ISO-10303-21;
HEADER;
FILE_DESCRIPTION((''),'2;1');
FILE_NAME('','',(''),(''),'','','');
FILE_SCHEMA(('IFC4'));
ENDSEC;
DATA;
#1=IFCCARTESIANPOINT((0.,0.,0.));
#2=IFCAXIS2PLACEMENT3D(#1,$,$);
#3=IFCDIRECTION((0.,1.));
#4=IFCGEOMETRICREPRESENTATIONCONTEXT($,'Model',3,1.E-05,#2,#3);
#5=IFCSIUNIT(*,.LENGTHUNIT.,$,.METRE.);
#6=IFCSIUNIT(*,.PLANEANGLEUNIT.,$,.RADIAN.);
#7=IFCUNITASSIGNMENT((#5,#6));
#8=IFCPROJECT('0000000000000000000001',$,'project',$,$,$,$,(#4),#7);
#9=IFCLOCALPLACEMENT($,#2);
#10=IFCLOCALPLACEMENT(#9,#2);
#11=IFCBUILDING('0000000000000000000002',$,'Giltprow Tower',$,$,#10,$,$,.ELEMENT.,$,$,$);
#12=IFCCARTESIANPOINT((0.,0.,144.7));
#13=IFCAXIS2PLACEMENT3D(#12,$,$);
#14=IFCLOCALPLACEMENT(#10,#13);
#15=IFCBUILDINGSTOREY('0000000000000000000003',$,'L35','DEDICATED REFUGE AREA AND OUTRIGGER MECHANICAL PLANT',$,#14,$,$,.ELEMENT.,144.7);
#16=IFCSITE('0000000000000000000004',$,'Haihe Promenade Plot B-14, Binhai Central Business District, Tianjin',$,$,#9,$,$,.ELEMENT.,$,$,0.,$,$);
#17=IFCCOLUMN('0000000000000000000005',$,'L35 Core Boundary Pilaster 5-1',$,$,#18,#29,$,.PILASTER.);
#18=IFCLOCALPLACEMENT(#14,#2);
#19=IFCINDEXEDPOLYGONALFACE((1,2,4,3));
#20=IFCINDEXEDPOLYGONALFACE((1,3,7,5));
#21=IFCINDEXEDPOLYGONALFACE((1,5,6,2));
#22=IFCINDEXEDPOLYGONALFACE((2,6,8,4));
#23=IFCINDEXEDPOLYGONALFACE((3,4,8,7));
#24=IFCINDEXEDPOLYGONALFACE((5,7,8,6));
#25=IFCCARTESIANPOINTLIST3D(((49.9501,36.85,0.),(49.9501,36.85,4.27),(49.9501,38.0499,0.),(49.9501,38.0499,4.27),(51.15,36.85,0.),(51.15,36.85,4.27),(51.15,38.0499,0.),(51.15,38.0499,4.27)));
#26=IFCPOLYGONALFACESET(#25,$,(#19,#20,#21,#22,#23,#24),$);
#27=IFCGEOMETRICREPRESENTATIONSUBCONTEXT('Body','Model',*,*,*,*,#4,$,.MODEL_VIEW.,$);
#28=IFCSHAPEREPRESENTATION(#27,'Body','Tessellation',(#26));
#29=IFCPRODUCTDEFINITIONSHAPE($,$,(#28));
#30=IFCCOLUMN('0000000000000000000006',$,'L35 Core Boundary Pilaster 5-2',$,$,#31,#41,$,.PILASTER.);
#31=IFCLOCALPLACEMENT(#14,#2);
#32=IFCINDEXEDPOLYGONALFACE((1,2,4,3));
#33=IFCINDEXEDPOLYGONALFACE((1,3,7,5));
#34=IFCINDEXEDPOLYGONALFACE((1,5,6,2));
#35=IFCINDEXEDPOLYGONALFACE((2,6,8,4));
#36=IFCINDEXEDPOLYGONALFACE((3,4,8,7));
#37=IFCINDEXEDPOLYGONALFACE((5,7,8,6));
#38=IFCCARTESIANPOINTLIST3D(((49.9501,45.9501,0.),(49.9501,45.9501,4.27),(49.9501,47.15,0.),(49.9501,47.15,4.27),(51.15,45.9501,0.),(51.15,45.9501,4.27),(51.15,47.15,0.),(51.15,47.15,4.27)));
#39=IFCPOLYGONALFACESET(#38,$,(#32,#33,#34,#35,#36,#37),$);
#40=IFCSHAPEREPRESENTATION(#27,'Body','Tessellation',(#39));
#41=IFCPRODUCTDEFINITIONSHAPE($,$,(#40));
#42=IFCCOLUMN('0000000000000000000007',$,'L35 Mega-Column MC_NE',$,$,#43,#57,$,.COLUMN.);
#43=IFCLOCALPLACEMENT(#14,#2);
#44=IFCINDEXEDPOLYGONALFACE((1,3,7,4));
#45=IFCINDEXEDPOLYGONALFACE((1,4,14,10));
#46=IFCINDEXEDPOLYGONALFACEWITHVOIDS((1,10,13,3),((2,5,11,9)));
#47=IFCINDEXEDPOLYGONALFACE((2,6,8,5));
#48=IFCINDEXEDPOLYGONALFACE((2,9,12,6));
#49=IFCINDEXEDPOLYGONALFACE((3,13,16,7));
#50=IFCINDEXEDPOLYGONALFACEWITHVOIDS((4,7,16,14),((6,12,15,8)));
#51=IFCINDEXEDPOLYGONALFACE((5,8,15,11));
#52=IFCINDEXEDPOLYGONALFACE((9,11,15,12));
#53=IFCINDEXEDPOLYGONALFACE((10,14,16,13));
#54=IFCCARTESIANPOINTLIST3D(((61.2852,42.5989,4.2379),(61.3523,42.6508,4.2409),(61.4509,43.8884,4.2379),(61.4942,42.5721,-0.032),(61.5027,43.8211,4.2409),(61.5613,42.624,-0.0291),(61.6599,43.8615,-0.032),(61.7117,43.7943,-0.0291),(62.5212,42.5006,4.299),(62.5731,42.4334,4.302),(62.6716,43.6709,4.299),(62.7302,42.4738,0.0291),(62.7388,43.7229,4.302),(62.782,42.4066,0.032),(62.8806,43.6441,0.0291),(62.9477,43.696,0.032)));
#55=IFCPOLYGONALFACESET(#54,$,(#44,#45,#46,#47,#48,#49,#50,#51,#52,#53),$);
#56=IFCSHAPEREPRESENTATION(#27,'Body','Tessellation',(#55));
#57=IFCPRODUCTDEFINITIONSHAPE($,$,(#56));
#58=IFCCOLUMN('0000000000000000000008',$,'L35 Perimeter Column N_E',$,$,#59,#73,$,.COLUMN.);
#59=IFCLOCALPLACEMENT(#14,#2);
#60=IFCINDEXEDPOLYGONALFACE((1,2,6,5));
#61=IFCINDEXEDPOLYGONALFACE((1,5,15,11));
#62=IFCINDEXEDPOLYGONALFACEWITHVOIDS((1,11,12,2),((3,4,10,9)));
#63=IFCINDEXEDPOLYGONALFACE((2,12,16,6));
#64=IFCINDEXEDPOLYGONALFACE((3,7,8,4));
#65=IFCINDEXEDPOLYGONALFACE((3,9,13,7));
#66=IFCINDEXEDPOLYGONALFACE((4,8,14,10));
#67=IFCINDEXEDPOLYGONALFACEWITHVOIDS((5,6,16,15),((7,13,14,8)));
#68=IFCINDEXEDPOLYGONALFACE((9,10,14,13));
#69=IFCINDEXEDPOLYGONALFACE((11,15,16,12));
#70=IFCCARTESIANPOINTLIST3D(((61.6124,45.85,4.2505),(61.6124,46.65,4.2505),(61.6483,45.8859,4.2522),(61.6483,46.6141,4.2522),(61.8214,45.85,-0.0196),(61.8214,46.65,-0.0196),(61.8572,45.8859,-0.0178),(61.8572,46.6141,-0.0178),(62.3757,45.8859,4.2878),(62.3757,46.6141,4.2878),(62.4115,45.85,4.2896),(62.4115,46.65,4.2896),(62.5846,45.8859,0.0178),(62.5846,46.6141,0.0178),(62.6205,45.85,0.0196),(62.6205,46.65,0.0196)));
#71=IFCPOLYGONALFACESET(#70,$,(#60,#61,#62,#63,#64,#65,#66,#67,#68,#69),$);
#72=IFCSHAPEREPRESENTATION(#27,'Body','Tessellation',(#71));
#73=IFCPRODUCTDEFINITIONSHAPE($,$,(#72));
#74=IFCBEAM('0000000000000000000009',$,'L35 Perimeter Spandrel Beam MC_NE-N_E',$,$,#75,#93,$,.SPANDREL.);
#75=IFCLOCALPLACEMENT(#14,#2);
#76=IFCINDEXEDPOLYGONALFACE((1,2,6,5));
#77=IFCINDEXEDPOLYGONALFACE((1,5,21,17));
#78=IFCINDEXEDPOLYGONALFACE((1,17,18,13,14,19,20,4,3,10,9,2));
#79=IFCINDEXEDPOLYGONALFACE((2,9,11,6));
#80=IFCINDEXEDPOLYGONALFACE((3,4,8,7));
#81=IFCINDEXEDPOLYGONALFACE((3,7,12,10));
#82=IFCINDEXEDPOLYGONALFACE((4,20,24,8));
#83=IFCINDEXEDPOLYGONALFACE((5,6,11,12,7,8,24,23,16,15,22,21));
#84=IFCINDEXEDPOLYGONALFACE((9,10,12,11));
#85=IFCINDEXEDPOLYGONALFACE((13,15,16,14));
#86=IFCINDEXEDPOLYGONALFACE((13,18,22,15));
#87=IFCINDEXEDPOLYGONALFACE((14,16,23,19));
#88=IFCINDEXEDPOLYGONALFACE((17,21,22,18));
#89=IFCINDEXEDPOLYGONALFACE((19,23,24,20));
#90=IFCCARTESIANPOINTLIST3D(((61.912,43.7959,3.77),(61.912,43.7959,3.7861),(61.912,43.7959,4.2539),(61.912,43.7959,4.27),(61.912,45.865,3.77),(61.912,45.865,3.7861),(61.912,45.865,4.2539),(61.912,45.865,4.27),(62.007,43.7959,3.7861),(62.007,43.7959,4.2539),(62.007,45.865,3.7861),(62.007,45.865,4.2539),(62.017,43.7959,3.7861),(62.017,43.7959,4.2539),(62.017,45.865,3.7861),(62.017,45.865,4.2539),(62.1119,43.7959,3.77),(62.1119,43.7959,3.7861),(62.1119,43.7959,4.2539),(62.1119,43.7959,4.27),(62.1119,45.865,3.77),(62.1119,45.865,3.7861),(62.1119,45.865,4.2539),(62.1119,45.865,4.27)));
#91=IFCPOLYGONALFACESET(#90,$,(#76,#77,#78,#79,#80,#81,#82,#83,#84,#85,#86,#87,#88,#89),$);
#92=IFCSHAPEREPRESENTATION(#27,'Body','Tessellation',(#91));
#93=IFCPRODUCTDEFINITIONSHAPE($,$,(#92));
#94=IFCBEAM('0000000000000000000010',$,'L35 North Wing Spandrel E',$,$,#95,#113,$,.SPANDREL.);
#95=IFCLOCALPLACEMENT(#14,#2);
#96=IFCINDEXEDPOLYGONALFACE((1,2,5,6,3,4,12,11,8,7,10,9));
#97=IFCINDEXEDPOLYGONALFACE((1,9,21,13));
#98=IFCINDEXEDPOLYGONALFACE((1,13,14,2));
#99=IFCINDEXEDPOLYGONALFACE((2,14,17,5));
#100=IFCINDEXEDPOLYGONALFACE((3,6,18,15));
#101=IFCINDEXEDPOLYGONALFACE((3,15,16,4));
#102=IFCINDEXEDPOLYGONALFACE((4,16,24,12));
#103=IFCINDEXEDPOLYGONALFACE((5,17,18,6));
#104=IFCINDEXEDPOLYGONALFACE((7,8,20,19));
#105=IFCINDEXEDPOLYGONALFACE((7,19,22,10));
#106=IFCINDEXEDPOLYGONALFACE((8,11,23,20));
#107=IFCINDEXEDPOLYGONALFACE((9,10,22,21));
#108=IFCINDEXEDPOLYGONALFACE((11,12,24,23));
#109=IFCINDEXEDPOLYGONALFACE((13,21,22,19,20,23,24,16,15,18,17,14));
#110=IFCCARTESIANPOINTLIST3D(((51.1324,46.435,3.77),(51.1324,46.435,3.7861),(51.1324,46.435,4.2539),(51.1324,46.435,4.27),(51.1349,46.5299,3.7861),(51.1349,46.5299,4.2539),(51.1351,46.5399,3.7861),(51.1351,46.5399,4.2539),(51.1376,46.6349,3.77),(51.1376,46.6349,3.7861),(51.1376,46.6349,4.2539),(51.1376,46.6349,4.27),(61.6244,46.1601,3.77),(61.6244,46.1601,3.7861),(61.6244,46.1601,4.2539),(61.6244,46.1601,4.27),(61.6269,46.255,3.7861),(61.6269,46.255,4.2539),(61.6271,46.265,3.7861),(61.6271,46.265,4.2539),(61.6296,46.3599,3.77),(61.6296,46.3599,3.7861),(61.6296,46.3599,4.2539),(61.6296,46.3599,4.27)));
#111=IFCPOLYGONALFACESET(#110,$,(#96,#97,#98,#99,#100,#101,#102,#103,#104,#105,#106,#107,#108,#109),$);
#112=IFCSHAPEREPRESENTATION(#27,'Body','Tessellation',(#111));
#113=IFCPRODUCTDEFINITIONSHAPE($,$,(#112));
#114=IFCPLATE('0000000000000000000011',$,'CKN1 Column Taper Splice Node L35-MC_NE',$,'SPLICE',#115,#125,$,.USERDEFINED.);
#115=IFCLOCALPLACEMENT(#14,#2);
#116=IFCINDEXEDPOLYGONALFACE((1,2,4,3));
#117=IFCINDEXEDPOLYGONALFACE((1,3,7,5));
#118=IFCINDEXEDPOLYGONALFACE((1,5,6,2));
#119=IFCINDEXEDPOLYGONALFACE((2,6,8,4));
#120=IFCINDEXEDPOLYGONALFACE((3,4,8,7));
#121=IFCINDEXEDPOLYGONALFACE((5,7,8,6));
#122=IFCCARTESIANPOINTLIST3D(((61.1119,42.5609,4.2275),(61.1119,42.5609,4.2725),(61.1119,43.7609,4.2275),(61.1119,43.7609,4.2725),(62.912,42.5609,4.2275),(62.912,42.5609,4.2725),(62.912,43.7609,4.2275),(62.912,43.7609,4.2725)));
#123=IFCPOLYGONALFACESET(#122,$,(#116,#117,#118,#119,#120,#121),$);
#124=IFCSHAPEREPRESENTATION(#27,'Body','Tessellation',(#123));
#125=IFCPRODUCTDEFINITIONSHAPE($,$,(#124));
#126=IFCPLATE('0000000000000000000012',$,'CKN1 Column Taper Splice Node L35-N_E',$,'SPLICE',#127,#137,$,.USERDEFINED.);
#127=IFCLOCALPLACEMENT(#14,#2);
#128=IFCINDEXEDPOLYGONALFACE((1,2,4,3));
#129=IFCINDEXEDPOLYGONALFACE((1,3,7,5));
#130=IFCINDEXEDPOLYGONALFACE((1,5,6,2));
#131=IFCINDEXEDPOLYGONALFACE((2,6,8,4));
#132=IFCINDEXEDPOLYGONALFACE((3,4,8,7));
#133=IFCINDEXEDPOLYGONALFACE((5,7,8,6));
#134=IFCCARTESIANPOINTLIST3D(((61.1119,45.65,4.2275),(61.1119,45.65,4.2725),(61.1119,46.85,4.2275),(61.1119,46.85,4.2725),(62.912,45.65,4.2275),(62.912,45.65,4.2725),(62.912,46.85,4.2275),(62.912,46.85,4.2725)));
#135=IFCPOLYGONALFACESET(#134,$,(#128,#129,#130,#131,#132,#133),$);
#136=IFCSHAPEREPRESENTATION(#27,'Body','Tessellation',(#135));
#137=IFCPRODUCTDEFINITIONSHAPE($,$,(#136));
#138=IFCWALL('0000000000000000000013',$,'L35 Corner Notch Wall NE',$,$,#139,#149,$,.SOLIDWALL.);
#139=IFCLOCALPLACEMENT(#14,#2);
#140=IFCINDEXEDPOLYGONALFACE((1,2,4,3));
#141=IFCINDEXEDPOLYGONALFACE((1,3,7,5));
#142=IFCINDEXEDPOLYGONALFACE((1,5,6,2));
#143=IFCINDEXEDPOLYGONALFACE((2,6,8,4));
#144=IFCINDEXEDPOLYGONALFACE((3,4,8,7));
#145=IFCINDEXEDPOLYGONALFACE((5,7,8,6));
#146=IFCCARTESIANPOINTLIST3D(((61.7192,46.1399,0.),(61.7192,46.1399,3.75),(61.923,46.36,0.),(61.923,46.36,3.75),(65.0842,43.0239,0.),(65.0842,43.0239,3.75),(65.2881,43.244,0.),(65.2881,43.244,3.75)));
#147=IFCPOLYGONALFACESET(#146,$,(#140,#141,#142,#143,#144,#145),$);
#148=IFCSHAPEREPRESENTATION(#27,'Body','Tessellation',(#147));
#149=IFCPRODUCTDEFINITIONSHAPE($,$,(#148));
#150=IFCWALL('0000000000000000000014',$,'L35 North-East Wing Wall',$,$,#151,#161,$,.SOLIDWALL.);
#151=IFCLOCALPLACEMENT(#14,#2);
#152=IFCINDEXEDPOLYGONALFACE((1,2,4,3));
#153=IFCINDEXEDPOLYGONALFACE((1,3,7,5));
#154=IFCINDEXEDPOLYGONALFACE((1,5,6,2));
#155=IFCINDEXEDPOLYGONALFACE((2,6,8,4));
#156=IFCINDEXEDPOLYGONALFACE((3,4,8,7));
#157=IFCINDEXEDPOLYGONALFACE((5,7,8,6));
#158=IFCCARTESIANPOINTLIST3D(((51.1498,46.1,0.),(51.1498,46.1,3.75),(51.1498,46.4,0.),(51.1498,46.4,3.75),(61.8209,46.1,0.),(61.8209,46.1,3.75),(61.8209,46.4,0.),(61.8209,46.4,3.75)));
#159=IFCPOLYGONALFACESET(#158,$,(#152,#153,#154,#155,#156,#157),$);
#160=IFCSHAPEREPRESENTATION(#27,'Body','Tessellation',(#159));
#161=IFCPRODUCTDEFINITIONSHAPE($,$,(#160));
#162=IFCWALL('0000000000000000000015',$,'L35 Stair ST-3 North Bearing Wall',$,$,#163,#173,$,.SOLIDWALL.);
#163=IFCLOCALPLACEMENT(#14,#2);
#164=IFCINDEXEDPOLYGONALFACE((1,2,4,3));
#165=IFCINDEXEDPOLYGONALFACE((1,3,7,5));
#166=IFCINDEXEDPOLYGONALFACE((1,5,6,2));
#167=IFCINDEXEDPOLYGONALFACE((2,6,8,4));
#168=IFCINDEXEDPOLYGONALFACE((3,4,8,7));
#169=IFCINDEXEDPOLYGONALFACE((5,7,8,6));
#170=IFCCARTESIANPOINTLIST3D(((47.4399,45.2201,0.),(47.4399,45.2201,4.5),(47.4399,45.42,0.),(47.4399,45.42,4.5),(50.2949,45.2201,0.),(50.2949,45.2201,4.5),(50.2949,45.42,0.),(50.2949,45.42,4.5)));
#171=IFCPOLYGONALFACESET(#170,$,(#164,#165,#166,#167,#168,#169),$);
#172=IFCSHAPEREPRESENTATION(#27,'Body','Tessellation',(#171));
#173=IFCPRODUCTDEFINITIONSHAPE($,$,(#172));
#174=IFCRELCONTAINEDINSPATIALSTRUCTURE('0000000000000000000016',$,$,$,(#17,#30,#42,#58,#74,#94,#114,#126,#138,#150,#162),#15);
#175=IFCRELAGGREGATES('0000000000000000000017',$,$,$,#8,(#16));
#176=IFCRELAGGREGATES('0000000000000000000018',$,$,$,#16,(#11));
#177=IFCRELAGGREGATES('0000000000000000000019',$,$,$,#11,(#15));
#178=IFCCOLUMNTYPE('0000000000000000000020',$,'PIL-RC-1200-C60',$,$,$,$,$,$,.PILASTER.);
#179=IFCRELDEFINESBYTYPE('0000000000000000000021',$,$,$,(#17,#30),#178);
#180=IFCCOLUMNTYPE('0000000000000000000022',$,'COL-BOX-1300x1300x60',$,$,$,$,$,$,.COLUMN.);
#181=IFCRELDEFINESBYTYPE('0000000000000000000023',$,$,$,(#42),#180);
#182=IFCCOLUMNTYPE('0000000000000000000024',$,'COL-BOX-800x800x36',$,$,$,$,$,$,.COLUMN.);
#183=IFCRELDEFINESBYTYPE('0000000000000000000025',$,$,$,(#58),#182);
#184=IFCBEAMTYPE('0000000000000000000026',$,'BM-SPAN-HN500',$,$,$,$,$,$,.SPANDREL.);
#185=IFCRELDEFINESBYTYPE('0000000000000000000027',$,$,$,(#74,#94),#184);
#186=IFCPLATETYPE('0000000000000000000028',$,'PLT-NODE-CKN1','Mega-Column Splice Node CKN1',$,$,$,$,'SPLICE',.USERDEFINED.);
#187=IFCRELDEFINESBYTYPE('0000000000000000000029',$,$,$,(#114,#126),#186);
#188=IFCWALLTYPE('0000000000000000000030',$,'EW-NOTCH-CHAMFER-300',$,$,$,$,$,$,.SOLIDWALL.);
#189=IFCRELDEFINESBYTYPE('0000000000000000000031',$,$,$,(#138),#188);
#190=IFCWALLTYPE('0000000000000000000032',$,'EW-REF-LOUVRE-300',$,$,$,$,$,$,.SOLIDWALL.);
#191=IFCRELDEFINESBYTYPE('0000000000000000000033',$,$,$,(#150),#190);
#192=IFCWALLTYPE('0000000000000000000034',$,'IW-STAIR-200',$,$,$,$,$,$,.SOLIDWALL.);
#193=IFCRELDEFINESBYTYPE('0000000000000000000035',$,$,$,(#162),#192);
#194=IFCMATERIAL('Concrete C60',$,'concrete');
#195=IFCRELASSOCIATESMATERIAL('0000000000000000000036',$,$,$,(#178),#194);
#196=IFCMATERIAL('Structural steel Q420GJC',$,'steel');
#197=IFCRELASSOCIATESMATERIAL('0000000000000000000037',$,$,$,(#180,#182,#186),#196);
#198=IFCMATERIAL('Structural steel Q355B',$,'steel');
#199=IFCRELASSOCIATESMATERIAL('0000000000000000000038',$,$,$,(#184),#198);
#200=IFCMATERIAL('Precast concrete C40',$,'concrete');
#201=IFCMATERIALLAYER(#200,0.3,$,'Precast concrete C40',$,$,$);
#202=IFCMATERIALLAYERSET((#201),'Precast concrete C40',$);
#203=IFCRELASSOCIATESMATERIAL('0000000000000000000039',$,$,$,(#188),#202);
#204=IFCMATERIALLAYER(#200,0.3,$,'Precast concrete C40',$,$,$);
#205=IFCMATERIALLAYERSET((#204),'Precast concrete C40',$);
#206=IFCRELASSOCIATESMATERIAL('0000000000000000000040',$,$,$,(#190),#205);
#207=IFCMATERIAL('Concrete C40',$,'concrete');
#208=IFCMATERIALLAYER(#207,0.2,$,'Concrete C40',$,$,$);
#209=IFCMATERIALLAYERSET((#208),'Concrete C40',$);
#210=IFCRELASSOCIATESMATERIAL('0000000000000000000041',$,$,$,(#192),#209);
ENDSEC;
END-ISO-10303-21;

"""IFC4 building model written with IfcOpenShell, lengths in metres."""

from ifc_helpers import new_model, si_unit, direction, frame, frame_2d, origin, origin_2d, place, context, subcontext, project, spatial, rectangle, hollow_rectangle, i_section, extrude, source, transform, mapped, material, layer, layer_set, material_profile, profile_set, type_object, element, save


model = new_model("IFC4")

# Units and contexts
model_context = context("Model", 3, precision=1e-05, world=origin(), true_north=direction((0.0, 1.0)))
body_context = subcontext(model_context, "Body", "Model", "MODEL_VIEW")
ifc_project = project(units=[si_unit("LENGTHUNIT", "METRE"), si_unit("PLANEANGLEUNIT", "RADIAN")], contexts=[model_context])

# Site, building, storey
site_placement = place(None, origin())
site = spatial("IfcSite", under=ifc_project, at=site_placement, Name="Haihe Promenade Plot B-14, Binhai Central Business District, Tianjin", CompositionType="ELEMENT", RefElevation=0.0)
building_placement = place(site_placement, origin())
building = spatial("IfcBuilding", under=site, at=building_placement, Name="Giltprow Tower", CompositionType="ELEMENT")
storey_placement = place(building_placement, frame((0.0, 0.0, 144.7)))
storey = spatial("IfcBuildingStorey", under=building, at=storey_placement, Name="L35", Description="DEDICATED REFUGE AREA AND OUTRIGGER MECHANICAL PLANT", CompositionType="ELEMENT", Elevation=144.7)

# Columns
ifc_material_1 = material(Name="Concrete C60", Category="concrete")
ifc_material_profile_1 = material_profile(ifc_material_1, rectangle(XDim=1.2, YDim=1.2, at=origin_2d()), Name="RC 1200x1200")
ifc_profile_set_1 = profile_set([ifc_material_profile_1], Name="Concrete C60")
column_type_1 = type_object("IfcColumnType", Name="PIL-RC-1200-C60", PredefinedType="PILASTER", material=ifc_profile_set_1)
shared_shape_1 = source(origin(), body_context, "Body", "SweptSolid", [
    extrude(rectangle(XDim=1.2, YDim=1.2, at=origin_2d()), origin(), (0.0, 0.0, 1.0), 4.27),
])
for number, where, z_axis, x_axis, name in (
    (1, (50.55, 37.45, 0.0), (0.0, 0.0, 1.0), (1.0, 0.0, 0.0), "L35 Core Boundary Pilaster 5-1"),
    (2, (50.55, 46.55, 0.0), (0.0, 0.0, 1.0), (1.0, 0.0, 0.0), "L35 Core Boundary Pilaster 5-2"),
):
    element("IfcColumn", number, at=place(storey_placement, frame(where, z_axis=z_axis, x_axis=x_axis)), inside=storey, type_object=column_type_1, Name=name, PredefinedType="PILASTER", context=body_context, shape_type="MappedRepresentation", body=[
        mapped(shared_shape_1, transform((0.0, 0.0, 0.0), x_axis=(1.0, 0.0, 0.0), y_axis=(0.0, 1.0, 0.0), z_axis=(0.0, 0.0, 1.0), scale=1.0)),
    ])
ifc_material_2 = material(Name="Structural steel Q420GJC", Category="steel")
ifc_material_profile_2 = material_profile(ifc_material_2, hollow_rectangle(XDim=1.3, YDim=1.3, WallThickness=0.0601, at=origin_2d()), Name="BOX 1300x1300x60")
ifc_profile_set_2 = profile_set([ifc_material_profile_2], Name="Structural steel Q420GJC")
column_type_2 = type_object("IfcColumnType", Name="COL-BOX-1300x1300x60", PredefinedType="COLUMN", material=ifc_profile_set_2)
shared_shape_2 = source(origin(), body_context, "Body", "SweptSolid", [
    extrude(hollow_rectangle(XDim=1.3, YDim=1.3, WallThickness=0.0601, at=origin_2d()), origin(), (0.0, 0.0, 1.0), 4.2751),
])
column_1_placement = place(storey_placement, frame((62.2209, 43.134, 0.0), z_axis=(-0.048883, 0.006282, 0.998785), x_axis=(-0.127457, -0.991844, 0.0)))
element("IfcColumn", 3, at=column_1_placement, inside=storey, type_object=column_type_2, Name="L35 Mega-Column MC_NE", PredefinedType="COLUMN", context=body_context, shape_type="MappedRepresentation", body=[
    mapped(shared_shape_2, transform((0.0, 0.0, 0.0), x_axis=(1.0, 0.0, 0.0), y_axis=(0.0, 1.0, 0.0), z_axis=(0.0, 0.0, 1.0), scale=1.0)),
])
ifc_material_profile_3 = material_profile(ifc_material_2, hollow_rectangle(XDim=0.8, YDim=0.8, WallThickness=0.0359, at=origin_2d()), Name="BOX 800x800x36")
ifc_profile_set_3 = profile_set([ifc_material_profile_3], Name="Structural steel Q420GJC")
column_type_3 = type_object("IfcColumnType", Name="COL-BOX-800x800x36", PredefinedType="COLUMN", material=ifc_profile_set_3)
shared_shape_3 = source(origin(), body_context, "Body", "SweptSolid", [
    extrude(hollow_rectangle(XDim=0.8, YDim=0.8, WallThickness=0.0359, at=origin_2d()), origin(), (0.0, 0.0, 1.0), 4.2751),
])
column_2_placement = place(storey_placement, frame((62.2209, 46.25, 0.0), z_axis=(-0.048884, 0.0, 0.998804), x_axis=(0.0, -1.0, 0.0)))
element("IfcColumn", 4, at=column_2_placement, inside=storey, type_object=column_type_3, Name="L35 Perimeter Column N_E", PredefinedType="COLUMN", context=body_context, shape_type="MappedRepresentation", body=[
    mapped(shared_shape_3, transform((0.0, 0.0, 0.0), x_axis=(1.0, 0.0, 0.0), y_axis=(0.0, 1.0, 0.0), z_axis=(0.0, 0.0, 1.0), scale=1.0)),
])

# Beams
ifc_material_3 = material(Name="Structural steel Q355B", Category="steel")
ifc_material_profile_4 = material_profile(ifc_material_3, i_section(OverallWidth=0.2, OverallDepth=0.5, WebThickness=0.01, FlangeThickness=0.0161, at=origin_2d()), Name="HN 500x200x10x16")
ifc_profile_set_4 = profile_set([ifc_material_profile_4], Name="Structural steel Q355B")
beam_type = type_object("IfcBeamType", Name="BM-SPAN-HN500", PredefinedType="SPANDREL", material=ifc_profile_set_4)
shared_shape_4 = source(origin(), body_context, "Body", "SweptSolid", [
    extrude(i_section(OverallWidth=0.2, OverallDepth=0.5, WebThickness=0.01, FlangeThickness=0.0161, at=origin_2d()), origin(), (0.0, 0.0, 1.0), 2.0691),
])
beam_1_placement = place(storey_placement, frame((62.012, 43.7959, 4.02), z_axis=(0.0, 1.0, 0.0), x_axis=(-1.0, 0.0, 0.0)))
element("IfcBeam", 5, at=beam_1_placement, inside=storey, type_object=beam_type, Name="L35 Perimeter Spandrel Beam MC_NE-N_E", PredefinedType="SPANDREL", context=body_context, shape_type="MappedRepresentation", body=[
    mapped(shared_shape_4, transform((0.0, 0.0, 0.0), x_axis=(1.0, 0.0, 0.0), y_axis=(0.0, 1.0, 0.0), z_axis=(0.0, 0.0, 1.0), scale=1.0)),
])
shared_shape_5 = source(origin(), body_context, "Body", "SweptSolid", [
    extrude(i_section(OverallWidth=0.2, OverallDepth=0.5, WebThickness=0.01, FlangeThickness=0.0161, at=origin_2d()), origin(), (0.0, 0.0, 1.0), 10.4956),
])
beam_2_placement = place(storey_placement, frame((51.135, 46.5349, 4.02), z_axis=(0.999657, -0.026192, 0.0), x_axis=(0.026192, 0.999657, 0.0)))
element("IfcBeam", 6, at=beam_2_placement, inside=storey, type_object=beam_type, Name="L35 North Wing Spandrel E", PredefinedType="SPANDREL", context=body_context, shape_type="MappedRepresentation", body=[
    mapped(shared_shape_5, transform((0.0, 0.0, 0.0), x_axis=(1.0, 0.0, 0.0), y_axis=(0.0, 1.0, 0.0), z_axis=(0.0, 0.0, 1.0), scale=1.0)),
])

# Plates
plate_type = type_object("IfcPlateType", Name="PLT-NODE-CKN1", Description="Mega-Column Splice Node CKN1", ElementType="SPLICE", PredefinedType="USERDEFINED", material=ifc_material_2)
shared_shape_6 = source(origin(), body_context, "Body", "SweptSolid", [
    extrude(rectangle(XDim=1.8, YDim=1.2, at=origin_2d()), origin(), (0.0, 0.0, 1.0), 0.0449),
])
for number, where, z_axis, x_axis, name in (
    (7, (62.012, 43.1609, 4.2275), (0.0, 0.0, 1.0), (1.0, 0.0, 0.0), "CKN1 Column Taper Splice Node L35-MC_NE"),
    (8, (62.012, 46.25, 4.2275), (0.0, 0.0, 1.0), (1.0, 0.0, 0.0), "CKN1 Column Taper Splice Node L35-N_E"),
):
    element("IfcPlate", number, at=place(storey_placement, frame(where, z_axis=z_axis, x_axis=x_axis)), inside=storey, type_object=plate_type, Name=name, ObjectType="SPLICE", PredefinedType="USERDEFINED", context=body_context, shape_type="MappedRepresentation", body=[
        mapped(shared_shape_6, transform((0.0, 0.0, 0.0), x_axis=(1.0, 0.0, 0.0), y_axis=(0.0, 1.0, 0.0), z_axis=(0.0, 0.0, 1.0), scale=1.0)),
    ])

# Walls
ifc_material_4 = material(Name="Precast concrete C40", Category="concrete")
ifc_layer_1 = layer(ifc_material_4, 0.3, Name="Precast concrete C40")
ifc_layer_set_1 = layer_set([ifc_layer_1], Name="Precast concrete C40")
wall_type_1 = type_object("IfcWallType", Name="EW-NOTCH-CHAMFER-300", PredefinedType="SOLIDWALL", material=ifc_layer_set_1)
wall_1_placement = place(storey_placement, frame((65.186, 43.134, 0.0), z_axis=(0.0, 0.0, 1.0), x_axis=(-0.733735, 0.679436, 0.0)))
element("IfcWall", 9, at=wall_1_placement, inside=storey, type_object=wall_type_1, Name="L35 Corner Notch Wall NE", PredefinedType="SOLIDWALL", context=body_context, shape_type="SweptSolid", body=[
    extrude(rectangle(XDim=4.5862, YDim=0.3, at=frame_2d((2.293, 0.0))), origin(), (0.0, 0.0, 1.0), 3.75),
])
ifc_layer_2 = layer(ifc_material_4, 0.3, Name="Precast concrete C40")
ifc_layer_set_2 = layer_set([ifc_layer_2], Name="Precast concrete C40")
wall_type_2 = type_object("IfcWallType", Name="EW-REF-LOUVRE-300", PredefinedType="SOLIDWALL", material=ifc_layer_set_2)
wall_2_placement = place(storey_placement, frame((51.1499, 46.25, 0.0), z_axis=(0.0, 0.0, 1.0), x_axis=(1.0, 0.0, 0.0)))
element("IfcWall", 10, at=wall_2_placement, inside=storey, type_object=wall_type_2, Name="L35 North-East Wing Wall", PredefinedType="SOLIDWALL", context=body_context, shape_type="SweptSolid", body=[
    extrude(rectangle(XDim=10.6711, YDim=0.3, at=frame_2d((5.3354, 0.0))), origin(), (0.0, 0.0, 1.0), 3.75),
])
ifc_material_5 = material(Name="Concrete C40", Category="concrete")
ifc_layer_3 = layer(ifc_material_5, 0.2, Name="Concrete C40")
ifc_layer_set_3 = layer_set([ifc_layer_3], Name="Concrete C40")
wall_type_3 = type_object("IfcWallType", Name="IW-STAIR-200", PredefinedType="SOLIDWALL", material=ifc_layer_set_3)
wall_3_placement = place(storey_placement, frame((47.4399, 45.3201, 0.0), z_axis=(0.0, 0.0, 1.0), x_axis=(1.0, 0.0, 0.0)))
element("IfcWall", 11, at=wall_3_placement, inside=storey, type_object=wall_type_3, Name="L35 Stair ST-3 North Bearing Wall", PredefinedType="SOLIDWALL", context=body_context, shape_type="SweptSolid", body=[
    extrude(rectangle(XDim=2.855, YDim=0.2, at=frame_2d((1.4275, 0.0))), origin(), (0.0, 0.0, 1.0), 4.5),
])

save(model, "model.ifc")
